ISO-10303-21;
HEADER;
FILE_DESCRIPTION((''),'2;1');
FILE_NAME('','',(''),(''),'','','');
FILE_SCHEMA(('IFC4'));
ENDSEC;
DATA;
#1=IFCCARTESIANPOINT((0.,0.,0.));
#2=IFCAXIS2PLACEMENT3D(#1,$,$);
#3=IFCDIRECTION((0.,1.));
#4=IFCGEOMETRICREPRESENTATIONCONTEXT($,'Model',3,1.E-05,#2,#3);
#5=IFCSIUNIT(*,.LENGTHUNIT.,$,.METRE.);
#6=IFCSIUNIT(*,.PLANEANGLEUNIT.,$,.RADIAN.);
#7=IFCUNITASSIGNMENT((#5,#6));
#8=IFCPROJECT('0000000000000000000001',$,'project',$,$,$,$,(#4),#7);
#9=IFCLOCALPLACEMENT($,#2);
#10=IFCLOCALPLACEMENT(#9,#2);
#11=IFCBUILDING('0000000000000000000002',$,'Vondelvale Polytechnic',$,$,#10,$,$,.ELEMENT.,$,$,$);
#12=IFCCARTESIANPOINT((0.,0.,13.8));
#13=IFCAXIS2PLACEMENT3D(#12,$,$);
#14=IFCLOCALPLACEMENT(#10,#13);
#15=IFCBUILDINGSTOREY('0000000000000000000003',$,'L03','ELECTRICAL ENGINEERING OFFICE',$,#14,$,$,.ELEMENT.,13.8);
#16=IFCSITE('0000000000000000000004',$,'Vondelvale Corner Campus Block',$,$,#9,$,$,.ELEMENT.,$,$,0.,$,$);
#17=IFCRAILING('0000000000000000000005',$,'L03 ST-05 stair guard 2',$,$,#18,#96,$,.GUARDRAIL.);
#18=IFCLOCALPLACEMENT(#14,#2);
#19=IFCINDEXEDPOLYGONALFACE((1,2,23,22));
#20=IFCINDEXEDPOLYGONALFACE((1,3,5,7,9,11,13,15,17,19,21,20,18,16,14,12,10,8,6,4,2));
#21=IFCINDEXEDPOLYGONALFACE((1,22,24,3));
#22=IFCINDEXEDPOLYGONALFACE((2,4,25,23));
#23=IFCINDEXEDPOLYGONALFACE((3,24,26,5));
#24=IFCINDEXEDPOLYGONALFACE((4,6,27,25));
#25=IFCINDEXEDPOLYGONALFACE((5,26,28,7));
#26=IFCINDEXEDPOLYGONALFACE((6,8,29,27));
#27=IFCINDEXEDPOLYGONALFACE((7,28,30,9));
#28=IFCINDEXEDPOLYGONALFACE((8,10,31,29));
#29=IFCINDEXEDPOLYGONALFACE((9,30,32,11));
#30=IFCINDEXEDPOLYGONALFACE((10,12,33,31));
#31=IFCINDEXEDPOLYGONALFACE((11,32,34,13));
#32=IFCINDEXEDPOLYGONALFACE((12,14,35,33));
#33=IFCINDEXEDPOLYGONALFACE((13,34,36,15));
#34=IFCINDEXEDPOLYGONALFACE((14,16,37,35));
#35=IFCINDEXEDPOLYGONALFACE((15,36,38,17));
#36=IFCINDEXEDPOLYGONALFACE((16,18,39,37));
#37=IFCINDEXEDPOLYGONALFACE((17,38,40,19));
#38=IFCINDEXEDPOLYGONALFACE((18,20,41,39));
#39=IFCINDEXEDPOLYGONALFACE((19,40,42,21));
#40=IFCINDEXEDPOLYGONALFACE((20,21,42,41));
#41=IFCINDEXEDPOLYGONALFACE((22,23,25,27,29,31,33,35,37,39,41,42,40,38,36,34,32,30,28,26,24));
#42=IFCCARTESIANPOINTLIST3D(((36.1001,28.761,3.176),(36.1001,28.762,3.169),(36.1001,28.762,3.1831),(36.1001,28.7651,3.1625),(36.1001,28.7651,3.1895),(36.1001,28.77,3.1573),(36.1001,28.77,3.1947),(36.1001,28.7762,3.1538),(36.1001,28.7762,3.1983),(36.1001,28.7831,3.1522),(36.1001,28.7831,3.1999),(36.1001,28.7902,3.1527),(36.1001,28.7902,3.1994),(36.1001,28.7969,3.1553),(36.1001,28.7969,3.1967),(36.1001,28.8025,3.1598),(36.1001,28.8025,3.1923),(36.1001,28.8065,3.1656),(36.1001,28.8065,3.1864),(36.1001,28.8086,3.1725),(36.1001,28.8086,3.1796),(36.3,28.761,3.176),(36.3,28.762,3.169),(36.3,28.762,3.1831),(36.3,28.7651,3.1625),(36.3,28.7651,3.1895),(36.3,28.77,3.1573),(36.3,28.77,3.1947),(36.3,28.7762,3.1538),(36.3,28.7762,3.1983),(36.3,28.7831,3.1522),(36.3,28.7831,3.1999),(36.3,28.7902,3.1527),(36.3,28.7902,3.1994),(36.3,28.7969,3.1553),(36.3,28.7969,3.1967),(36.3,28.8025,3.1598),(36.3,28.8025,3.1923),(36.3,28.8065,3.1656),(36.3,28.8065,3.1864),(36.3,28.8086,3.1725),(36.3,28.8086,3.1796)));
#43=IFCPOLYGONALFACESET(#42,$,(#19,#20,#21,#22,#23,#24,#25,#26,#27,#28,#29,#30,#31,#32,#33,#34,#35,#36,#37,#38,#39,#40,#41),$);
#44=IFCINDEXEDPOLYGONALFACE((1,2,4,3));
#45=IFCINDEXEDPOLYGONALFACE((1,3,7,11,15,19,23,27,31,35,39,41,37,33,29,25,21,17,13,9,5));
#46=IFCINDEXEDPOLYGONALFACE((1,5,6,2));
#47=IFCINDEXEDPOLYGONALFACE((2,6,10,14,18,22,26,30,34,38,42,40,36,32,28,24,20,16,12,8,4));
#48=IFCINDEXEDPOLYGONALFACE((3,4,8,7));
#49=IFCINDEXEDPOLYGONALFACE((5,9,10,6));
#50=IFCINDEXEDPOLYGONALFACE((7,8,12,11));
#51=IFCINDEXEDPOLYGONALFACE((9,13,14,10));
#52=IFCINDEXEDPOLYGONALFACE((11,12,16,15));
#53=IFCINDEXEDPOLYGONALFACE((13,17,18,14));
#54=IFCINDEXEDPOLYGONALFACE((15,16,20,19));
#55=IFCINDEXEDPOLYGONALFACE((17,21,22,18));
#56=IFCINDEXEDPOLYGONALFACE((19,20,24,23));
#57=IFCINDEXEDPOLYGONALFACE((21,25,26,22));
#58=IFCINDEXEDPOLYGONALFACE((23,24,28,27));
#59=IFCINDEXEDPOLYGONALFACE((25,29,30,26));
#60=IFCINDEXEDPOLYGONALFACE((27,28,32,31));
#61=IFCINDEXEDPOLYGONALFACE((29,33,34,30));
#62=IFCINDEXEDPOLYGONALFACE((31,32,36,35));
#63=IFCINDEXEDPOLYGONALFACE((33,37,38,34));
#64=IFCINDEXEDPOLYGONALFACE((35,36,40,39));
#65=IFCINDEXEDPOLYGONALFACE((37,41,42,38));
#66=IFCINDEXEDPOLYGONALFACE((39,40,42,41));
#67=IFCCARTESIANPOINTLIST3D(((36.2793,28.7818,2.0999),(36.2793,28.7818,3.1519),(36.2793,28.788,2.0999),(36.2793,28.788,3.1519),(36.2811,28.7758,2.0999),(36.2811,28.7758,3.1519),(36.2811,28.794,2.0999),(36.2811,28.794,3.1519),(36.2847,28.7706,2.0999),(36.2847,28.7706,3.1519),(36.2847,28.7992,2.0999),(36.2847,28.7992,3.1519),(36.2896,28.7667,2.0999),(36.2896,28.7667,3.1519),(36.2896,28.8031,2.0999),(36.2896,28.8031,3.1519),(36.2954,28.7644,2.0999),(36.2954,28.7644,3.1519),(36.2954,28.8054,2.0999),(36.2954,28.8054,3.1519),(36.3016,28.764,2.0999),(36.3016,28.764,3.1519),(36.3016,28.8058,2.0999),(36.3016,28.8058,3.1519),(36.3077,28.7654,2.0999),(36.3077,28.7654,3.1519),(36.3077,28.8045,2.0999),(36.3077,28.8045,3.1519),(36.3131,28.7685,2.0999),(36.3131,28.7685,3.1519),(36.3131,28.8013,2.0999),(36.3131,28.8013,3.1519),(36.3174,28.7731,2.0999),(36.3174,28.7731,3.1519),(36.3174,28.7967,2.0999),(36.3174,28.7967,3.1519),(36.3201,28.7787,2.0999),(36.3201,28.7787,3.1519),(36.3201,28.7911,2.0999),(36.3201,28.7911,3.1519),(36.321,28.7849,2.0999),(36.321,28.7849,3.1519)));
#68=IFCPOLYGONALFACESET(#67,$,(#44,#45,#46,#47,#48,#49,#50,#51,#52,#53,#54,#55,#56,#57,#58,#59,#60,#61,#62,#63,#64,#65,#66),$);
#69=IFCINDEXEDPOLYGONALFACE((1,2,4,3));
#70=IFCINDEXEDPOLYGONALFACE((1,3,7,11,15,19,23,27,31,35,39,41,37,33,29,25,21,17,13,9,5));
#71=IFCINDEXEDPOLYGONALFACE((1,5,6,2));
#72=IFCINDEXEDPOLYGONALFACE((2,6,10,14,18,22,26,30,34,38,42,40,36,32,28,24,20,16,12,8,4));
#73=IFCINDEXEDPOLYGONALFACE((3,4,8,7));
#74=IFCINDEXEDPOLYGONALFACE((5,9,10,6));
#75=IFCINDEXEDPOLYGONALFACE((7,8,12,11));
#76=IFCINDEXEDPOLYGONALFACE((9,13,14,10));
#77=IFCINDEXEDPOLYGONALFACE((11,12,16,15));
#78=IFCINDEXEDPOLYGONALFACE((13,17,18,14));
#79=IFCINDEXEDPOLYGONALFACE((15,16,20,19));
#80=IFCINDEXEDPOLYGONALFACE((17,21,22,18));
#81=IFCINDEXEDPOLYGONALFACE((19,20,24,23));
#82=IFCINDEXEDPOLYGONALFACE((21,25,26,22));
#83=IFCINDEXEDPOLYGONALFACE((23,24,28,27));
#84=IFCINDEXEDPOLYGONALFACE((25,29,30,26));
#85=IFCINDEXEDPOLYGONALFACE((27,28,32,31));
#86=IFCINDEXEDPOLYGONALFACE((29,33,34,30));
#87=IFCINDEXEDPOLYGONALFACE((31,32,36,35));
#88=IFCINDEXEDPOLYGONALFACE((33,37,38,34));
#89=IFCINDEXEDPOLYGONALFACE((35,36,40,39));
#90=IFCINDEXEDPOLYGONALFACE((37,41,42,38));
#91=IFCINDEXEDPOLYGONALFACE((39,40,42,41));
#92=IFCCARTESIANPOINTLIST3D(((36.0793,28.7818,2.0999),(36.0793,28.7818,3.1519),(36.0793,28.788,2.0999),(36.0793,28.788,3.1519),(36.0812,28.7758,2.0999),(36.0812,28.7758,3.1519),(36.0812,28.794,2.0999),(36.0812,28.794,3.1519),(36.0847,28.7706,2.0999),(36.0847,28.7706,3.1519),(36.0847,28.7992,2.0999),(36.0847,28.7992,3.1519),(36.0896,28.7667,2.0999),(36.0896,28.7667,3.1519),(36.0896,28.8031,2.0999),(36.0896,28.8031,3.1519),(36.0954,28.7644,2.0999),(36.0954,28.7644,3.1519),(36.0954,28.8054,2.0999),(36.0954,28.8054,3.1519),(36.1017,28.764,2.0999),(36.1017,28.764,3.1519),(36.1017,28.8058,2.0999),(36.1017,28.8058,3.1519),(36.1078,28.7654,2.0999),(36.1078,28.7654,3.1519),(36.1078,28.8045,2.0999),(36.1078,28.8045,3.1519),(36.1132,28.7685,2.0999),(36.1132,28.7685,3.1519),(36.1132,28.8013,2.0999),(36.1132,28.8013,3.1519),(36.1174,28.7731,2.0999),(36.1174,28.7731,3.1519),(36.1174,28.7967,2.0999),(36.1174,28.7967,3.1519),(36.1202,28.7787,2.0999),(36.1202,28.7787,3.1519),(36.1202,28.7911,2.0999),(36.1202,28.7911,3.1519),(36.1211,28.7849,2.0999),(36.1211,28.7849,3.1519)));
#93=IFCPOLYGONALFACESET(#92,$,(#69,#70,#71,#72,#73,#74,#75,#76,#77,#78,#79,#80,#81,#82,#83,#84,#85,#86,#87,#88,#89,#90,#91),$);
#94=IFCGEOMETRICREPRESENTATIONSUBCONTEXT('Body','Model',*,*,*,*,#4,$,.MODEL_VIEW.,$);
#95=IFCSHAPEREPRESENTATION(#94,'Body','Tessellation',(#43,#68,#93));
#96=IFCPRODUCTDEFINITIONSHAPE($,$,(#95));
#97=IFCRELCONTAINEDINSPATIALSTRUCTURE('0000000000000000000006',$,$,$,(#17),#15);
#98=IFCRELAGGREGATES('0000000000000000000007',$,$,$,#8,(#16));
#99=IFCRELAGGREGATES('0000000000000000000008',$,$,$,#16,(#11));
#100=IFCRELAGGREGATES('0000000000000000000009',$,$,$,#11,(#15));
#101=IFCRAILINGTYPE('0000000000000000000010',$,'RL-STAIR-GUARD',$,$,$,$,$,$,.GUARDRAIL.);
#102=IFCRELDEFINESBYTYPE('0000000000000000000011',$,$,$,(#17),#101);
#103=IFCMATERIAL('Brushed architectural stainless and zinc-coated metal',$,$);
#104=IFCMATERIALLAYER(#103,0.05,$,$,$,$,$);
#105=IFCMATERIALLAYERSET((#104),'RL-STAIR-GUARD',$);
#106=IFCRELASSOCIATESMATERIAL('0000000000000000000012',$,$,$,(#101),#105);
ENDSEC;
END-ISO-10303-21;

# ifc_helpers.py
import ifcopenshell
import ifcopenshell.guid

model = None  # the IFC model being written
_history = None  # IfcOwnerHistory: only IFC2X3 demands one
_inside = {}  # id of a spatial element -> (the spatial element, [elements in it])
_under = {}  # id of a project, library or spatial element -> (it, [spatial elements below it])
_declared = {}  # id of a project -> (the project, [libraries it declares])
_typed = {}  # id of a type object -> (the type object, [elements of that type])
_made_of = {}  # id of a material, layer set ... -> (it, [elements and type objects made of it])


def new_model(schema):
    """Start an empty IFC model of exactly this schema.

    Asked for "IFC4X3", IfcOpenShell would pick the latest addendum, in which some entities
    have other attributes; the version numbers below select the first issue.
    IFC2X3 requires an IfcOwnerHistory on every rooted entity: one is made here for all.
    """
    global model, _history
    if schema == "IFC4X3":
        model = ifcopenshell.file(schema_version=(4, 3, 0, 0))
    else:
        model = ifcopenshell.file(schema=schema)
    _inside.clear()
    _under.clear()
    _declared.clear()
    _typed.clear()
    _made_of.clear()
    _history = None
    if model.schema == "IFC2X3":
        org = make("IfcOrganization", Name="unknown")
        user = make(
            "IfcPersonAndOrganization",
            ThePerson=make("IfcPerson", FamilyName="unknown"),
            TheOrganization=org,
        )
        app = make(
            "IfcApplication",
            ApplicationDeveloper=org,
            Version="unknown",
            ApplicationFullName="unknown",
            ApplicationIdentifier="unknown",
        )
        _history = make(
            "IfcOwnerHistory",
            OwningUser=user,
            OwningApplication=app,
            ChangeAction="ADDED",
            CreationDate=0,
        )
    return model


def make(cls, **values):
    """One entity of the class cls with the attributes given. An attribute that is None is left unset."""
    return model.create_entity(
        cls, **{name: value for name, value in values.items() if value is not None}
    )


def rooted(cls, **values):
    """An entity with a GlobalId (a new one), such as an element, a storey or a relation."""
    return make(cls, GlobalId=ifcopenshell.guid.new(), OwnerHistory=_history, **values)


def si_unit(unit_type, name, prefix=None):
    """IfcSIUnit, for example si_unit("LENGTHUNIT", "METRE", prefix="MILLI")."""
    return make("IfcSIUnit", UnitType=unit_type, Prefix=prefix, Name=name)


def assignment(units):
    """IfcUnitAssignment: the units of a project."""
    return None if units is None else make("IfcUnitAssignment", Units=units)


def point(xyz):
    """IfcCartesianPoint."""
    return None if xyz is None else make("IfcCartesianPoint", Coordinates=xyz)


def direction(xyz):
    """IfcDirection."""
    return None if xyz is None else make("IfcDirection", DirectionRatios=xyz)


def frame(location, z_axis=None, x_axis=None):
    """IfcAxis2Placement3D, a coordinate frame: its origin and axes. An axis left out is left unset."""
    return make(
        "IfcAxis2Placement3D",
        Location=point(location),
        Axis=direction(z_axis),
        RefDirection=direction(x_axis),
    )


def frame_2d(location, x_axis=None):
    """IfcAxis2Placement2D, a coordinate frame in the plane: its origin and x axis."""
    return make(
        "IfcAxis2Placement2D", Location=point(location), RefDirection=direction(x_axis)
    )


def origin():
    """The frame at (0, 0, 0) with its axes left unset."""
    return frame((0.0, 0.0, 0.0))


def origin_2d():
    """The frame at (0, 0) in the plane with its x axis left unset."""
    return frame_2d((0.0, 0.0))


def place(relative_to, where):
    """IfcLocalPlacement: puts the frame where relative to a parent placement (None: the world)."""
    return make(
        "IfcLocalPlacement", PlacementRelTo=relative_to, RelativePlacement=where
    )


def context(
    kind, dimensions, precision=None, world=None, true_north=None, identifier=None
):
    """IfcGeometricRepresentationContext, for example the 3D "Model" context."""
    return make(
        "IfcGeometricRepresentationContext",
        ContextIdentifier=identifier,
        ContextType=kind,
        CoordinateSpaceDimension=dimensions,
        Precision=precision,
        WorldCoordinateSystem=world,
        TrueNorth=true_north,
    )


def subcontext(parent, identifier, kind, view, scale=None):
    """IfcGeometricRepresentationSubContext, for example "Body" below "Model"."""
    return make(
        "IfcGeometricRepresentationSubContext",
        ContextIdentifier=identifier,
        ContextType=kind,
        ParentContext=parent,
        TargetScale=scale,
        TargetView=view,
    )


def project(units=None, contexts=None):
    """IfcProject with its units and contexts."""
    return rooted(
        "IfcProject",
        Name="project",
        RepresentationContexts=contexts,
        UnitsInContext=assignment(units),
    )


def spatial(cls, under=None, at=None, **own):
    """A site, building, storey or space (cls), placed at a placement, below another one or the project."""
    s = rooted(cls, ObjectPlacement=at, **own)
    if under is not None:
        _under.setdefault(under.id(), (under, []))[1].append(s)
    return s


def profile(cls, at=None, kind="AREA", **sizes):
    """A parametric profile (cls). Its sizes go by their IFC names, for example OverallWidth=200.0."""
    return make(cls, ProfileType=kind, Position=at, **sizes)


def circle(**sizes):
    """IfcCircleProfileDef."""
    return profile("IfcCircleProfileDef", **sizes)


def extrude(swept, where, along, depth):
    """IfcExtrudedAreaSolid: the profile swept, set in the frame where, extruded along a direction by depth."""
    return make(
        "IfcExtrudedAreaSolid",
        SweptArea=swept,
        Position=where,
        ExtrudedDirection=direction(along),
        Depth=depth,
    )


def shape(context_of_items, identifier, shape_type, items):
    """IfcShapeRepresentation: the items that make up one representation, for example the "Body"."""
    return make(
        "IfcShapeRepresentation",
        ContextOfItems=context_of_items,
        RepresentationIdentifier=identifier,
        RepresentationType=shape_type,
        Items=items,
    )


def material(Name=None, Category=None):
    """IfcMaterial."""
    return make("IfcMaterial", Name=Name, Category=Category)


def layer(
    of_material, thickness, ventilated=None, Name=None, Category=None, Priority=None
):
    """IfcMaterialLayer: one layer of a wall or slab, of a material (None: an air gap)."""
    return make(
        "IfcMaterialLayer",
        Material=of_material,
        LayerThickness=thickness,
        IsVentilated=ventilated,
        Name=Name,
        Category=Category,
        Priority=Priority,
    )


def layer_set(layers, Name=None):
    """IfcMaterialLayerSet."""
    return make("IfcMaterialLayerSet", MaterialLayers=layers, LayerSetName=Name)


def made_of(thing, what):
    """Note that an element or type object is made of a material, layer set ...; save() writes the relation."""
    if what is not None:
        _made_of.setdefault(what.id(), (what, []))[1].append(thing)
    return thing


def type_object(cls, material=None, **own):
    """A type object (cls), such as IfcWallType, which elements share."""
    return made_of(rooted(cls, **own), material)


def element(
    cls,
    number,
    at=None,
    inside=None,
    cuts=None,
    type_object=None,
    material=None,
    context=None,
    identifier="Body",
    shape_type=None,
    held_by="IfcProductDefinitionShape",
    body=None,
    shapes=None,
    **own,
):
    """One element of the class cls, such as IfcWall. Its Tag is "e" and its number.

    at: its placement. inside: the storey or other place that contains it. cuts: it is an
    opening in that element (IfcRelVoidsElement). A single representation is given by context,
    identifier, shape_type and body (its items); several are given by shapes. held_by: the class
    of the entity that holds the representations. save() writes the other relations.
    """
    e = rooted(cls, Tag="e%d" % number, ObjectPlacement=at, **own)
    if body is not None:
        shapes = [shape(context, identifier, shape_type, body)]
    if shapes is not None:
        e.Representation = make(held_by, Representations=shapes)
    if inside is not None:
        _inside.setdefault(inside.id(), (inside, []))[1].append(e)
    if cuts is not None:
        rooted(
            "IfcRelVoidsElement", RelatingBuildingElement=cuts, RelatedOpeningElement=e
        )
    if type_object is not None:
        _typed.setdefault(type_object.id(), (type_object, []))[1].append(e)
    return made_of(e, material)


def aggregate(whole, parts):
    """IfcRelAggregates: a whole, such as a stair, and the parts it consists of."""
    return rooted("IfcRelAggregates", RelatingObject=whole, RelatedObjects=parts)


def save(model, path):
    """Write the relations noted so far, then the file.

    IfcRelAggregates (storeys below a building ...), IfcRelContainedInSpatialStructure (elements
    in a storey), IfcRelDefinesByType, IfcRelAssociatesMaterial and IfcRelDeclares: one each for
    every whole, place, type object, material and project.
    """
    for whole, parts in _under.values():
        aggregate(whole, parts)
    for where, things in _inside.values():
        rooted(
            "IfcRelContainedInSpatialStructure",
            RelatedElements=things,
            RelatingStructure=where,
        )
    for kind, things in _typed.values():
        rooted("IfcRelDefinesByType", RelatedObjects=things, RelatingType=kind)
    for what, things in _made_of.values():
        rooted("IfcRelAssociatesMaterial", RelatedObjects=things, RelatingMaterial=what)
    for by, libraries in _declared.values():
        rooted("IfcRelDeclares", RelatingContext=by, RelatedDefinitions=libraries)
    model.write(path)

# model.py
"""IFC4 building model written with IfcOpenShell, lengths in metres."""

from ifc_helpers import new_model, si_unit, direction, frame, origin, origin_2d, place, context, subcontext, project, spatial, circle, extrude, material, layer, layer_set, type_object, element, save


model = new_model("IFC4")

# Units and contexts
model_context = context("Model", 3, precision=1e-05, world=origin(), true_north=direction((0.0, 1.0)))
body_context = subcontext(model_context, "Body", "Model", "MODEL_VIEW")
ifc_project = project(units=[si_unit("LENGTHUNIT", "METRE"), si_unit("PLANEANGLEUNIT", "RADIAN")], contexts=[model_context])

# Site, building, storey
site_placement = place(None, origin())
site = spatial("IfcSite", under=ifc_project, at=site_placement, Name="Vondelvale Corner Campus Block", CompositionType="ELEMENT", RefElevation=0.0)
building_placement = place(site_placement, origin())
building = spatial("IfcBuilding", under=site, at=building_placement, Name="Vondelvale Polytechnic", CompositionType="ELEMENT")
storey_placement = place(building_placement, frame((0.0, 0.0, 13.8)))
storey = spatial("IfcBuildingStorey", under=building, at=storey_placement, Name="L03", Description="ELECTRICAL ENGINEERING OFFICE", CompositionType="ELEMENT", Elevation=13.8)

# Shared definitions
ifc_material_1 = material(Name="Brushed architectural stainless and zinc-coated metal")

# Railing
ifc_layer_1 = layer(ifc_material_1, 0.05)
ifc_layer_set_1 = layer_set([ifc_layer_1], Name="RL-STAIR-GUARD")
railing_type_1 = type_object("IfcRailingType", Name="RL-STAIR-GUARD", PredefinedType="GUARDRAIL", material=ifc_layer_set_1)
railing_1_placement = place(storey_placement, frame((36.3, 28.7849, 2.0999)))
element("IfcRailing", 1, at=railing_1_placement, inside=storey, type_object=railing_type_1, Name="L03 ST-05 stair guard 2", PredefinedType="GUARDRAIL", context=body_context, shape_type="SweptSolid", body=[
    extrude(circle(Radius=0.0239, at=origin_2d()), frame((0.0, 0.0, 1.0762), z_axis=(-1.0, 0.0, 0.0), x_axis=(0.0, -1.0, 0.0)), (0.0, 0.0, 1.0), 0.2),
    extrude(circle(Radius=0.021, at=origin_2d()), origin(), (0.0, 0.0, 1.0), 1.052),
    extrude(circle(Radius=0.021, at=origin_2d()), frame((-0.2, 0.0, 0.0)), (0.0, 0.0, 1.0), 1.052),
])

save(model, "model.ifc")
